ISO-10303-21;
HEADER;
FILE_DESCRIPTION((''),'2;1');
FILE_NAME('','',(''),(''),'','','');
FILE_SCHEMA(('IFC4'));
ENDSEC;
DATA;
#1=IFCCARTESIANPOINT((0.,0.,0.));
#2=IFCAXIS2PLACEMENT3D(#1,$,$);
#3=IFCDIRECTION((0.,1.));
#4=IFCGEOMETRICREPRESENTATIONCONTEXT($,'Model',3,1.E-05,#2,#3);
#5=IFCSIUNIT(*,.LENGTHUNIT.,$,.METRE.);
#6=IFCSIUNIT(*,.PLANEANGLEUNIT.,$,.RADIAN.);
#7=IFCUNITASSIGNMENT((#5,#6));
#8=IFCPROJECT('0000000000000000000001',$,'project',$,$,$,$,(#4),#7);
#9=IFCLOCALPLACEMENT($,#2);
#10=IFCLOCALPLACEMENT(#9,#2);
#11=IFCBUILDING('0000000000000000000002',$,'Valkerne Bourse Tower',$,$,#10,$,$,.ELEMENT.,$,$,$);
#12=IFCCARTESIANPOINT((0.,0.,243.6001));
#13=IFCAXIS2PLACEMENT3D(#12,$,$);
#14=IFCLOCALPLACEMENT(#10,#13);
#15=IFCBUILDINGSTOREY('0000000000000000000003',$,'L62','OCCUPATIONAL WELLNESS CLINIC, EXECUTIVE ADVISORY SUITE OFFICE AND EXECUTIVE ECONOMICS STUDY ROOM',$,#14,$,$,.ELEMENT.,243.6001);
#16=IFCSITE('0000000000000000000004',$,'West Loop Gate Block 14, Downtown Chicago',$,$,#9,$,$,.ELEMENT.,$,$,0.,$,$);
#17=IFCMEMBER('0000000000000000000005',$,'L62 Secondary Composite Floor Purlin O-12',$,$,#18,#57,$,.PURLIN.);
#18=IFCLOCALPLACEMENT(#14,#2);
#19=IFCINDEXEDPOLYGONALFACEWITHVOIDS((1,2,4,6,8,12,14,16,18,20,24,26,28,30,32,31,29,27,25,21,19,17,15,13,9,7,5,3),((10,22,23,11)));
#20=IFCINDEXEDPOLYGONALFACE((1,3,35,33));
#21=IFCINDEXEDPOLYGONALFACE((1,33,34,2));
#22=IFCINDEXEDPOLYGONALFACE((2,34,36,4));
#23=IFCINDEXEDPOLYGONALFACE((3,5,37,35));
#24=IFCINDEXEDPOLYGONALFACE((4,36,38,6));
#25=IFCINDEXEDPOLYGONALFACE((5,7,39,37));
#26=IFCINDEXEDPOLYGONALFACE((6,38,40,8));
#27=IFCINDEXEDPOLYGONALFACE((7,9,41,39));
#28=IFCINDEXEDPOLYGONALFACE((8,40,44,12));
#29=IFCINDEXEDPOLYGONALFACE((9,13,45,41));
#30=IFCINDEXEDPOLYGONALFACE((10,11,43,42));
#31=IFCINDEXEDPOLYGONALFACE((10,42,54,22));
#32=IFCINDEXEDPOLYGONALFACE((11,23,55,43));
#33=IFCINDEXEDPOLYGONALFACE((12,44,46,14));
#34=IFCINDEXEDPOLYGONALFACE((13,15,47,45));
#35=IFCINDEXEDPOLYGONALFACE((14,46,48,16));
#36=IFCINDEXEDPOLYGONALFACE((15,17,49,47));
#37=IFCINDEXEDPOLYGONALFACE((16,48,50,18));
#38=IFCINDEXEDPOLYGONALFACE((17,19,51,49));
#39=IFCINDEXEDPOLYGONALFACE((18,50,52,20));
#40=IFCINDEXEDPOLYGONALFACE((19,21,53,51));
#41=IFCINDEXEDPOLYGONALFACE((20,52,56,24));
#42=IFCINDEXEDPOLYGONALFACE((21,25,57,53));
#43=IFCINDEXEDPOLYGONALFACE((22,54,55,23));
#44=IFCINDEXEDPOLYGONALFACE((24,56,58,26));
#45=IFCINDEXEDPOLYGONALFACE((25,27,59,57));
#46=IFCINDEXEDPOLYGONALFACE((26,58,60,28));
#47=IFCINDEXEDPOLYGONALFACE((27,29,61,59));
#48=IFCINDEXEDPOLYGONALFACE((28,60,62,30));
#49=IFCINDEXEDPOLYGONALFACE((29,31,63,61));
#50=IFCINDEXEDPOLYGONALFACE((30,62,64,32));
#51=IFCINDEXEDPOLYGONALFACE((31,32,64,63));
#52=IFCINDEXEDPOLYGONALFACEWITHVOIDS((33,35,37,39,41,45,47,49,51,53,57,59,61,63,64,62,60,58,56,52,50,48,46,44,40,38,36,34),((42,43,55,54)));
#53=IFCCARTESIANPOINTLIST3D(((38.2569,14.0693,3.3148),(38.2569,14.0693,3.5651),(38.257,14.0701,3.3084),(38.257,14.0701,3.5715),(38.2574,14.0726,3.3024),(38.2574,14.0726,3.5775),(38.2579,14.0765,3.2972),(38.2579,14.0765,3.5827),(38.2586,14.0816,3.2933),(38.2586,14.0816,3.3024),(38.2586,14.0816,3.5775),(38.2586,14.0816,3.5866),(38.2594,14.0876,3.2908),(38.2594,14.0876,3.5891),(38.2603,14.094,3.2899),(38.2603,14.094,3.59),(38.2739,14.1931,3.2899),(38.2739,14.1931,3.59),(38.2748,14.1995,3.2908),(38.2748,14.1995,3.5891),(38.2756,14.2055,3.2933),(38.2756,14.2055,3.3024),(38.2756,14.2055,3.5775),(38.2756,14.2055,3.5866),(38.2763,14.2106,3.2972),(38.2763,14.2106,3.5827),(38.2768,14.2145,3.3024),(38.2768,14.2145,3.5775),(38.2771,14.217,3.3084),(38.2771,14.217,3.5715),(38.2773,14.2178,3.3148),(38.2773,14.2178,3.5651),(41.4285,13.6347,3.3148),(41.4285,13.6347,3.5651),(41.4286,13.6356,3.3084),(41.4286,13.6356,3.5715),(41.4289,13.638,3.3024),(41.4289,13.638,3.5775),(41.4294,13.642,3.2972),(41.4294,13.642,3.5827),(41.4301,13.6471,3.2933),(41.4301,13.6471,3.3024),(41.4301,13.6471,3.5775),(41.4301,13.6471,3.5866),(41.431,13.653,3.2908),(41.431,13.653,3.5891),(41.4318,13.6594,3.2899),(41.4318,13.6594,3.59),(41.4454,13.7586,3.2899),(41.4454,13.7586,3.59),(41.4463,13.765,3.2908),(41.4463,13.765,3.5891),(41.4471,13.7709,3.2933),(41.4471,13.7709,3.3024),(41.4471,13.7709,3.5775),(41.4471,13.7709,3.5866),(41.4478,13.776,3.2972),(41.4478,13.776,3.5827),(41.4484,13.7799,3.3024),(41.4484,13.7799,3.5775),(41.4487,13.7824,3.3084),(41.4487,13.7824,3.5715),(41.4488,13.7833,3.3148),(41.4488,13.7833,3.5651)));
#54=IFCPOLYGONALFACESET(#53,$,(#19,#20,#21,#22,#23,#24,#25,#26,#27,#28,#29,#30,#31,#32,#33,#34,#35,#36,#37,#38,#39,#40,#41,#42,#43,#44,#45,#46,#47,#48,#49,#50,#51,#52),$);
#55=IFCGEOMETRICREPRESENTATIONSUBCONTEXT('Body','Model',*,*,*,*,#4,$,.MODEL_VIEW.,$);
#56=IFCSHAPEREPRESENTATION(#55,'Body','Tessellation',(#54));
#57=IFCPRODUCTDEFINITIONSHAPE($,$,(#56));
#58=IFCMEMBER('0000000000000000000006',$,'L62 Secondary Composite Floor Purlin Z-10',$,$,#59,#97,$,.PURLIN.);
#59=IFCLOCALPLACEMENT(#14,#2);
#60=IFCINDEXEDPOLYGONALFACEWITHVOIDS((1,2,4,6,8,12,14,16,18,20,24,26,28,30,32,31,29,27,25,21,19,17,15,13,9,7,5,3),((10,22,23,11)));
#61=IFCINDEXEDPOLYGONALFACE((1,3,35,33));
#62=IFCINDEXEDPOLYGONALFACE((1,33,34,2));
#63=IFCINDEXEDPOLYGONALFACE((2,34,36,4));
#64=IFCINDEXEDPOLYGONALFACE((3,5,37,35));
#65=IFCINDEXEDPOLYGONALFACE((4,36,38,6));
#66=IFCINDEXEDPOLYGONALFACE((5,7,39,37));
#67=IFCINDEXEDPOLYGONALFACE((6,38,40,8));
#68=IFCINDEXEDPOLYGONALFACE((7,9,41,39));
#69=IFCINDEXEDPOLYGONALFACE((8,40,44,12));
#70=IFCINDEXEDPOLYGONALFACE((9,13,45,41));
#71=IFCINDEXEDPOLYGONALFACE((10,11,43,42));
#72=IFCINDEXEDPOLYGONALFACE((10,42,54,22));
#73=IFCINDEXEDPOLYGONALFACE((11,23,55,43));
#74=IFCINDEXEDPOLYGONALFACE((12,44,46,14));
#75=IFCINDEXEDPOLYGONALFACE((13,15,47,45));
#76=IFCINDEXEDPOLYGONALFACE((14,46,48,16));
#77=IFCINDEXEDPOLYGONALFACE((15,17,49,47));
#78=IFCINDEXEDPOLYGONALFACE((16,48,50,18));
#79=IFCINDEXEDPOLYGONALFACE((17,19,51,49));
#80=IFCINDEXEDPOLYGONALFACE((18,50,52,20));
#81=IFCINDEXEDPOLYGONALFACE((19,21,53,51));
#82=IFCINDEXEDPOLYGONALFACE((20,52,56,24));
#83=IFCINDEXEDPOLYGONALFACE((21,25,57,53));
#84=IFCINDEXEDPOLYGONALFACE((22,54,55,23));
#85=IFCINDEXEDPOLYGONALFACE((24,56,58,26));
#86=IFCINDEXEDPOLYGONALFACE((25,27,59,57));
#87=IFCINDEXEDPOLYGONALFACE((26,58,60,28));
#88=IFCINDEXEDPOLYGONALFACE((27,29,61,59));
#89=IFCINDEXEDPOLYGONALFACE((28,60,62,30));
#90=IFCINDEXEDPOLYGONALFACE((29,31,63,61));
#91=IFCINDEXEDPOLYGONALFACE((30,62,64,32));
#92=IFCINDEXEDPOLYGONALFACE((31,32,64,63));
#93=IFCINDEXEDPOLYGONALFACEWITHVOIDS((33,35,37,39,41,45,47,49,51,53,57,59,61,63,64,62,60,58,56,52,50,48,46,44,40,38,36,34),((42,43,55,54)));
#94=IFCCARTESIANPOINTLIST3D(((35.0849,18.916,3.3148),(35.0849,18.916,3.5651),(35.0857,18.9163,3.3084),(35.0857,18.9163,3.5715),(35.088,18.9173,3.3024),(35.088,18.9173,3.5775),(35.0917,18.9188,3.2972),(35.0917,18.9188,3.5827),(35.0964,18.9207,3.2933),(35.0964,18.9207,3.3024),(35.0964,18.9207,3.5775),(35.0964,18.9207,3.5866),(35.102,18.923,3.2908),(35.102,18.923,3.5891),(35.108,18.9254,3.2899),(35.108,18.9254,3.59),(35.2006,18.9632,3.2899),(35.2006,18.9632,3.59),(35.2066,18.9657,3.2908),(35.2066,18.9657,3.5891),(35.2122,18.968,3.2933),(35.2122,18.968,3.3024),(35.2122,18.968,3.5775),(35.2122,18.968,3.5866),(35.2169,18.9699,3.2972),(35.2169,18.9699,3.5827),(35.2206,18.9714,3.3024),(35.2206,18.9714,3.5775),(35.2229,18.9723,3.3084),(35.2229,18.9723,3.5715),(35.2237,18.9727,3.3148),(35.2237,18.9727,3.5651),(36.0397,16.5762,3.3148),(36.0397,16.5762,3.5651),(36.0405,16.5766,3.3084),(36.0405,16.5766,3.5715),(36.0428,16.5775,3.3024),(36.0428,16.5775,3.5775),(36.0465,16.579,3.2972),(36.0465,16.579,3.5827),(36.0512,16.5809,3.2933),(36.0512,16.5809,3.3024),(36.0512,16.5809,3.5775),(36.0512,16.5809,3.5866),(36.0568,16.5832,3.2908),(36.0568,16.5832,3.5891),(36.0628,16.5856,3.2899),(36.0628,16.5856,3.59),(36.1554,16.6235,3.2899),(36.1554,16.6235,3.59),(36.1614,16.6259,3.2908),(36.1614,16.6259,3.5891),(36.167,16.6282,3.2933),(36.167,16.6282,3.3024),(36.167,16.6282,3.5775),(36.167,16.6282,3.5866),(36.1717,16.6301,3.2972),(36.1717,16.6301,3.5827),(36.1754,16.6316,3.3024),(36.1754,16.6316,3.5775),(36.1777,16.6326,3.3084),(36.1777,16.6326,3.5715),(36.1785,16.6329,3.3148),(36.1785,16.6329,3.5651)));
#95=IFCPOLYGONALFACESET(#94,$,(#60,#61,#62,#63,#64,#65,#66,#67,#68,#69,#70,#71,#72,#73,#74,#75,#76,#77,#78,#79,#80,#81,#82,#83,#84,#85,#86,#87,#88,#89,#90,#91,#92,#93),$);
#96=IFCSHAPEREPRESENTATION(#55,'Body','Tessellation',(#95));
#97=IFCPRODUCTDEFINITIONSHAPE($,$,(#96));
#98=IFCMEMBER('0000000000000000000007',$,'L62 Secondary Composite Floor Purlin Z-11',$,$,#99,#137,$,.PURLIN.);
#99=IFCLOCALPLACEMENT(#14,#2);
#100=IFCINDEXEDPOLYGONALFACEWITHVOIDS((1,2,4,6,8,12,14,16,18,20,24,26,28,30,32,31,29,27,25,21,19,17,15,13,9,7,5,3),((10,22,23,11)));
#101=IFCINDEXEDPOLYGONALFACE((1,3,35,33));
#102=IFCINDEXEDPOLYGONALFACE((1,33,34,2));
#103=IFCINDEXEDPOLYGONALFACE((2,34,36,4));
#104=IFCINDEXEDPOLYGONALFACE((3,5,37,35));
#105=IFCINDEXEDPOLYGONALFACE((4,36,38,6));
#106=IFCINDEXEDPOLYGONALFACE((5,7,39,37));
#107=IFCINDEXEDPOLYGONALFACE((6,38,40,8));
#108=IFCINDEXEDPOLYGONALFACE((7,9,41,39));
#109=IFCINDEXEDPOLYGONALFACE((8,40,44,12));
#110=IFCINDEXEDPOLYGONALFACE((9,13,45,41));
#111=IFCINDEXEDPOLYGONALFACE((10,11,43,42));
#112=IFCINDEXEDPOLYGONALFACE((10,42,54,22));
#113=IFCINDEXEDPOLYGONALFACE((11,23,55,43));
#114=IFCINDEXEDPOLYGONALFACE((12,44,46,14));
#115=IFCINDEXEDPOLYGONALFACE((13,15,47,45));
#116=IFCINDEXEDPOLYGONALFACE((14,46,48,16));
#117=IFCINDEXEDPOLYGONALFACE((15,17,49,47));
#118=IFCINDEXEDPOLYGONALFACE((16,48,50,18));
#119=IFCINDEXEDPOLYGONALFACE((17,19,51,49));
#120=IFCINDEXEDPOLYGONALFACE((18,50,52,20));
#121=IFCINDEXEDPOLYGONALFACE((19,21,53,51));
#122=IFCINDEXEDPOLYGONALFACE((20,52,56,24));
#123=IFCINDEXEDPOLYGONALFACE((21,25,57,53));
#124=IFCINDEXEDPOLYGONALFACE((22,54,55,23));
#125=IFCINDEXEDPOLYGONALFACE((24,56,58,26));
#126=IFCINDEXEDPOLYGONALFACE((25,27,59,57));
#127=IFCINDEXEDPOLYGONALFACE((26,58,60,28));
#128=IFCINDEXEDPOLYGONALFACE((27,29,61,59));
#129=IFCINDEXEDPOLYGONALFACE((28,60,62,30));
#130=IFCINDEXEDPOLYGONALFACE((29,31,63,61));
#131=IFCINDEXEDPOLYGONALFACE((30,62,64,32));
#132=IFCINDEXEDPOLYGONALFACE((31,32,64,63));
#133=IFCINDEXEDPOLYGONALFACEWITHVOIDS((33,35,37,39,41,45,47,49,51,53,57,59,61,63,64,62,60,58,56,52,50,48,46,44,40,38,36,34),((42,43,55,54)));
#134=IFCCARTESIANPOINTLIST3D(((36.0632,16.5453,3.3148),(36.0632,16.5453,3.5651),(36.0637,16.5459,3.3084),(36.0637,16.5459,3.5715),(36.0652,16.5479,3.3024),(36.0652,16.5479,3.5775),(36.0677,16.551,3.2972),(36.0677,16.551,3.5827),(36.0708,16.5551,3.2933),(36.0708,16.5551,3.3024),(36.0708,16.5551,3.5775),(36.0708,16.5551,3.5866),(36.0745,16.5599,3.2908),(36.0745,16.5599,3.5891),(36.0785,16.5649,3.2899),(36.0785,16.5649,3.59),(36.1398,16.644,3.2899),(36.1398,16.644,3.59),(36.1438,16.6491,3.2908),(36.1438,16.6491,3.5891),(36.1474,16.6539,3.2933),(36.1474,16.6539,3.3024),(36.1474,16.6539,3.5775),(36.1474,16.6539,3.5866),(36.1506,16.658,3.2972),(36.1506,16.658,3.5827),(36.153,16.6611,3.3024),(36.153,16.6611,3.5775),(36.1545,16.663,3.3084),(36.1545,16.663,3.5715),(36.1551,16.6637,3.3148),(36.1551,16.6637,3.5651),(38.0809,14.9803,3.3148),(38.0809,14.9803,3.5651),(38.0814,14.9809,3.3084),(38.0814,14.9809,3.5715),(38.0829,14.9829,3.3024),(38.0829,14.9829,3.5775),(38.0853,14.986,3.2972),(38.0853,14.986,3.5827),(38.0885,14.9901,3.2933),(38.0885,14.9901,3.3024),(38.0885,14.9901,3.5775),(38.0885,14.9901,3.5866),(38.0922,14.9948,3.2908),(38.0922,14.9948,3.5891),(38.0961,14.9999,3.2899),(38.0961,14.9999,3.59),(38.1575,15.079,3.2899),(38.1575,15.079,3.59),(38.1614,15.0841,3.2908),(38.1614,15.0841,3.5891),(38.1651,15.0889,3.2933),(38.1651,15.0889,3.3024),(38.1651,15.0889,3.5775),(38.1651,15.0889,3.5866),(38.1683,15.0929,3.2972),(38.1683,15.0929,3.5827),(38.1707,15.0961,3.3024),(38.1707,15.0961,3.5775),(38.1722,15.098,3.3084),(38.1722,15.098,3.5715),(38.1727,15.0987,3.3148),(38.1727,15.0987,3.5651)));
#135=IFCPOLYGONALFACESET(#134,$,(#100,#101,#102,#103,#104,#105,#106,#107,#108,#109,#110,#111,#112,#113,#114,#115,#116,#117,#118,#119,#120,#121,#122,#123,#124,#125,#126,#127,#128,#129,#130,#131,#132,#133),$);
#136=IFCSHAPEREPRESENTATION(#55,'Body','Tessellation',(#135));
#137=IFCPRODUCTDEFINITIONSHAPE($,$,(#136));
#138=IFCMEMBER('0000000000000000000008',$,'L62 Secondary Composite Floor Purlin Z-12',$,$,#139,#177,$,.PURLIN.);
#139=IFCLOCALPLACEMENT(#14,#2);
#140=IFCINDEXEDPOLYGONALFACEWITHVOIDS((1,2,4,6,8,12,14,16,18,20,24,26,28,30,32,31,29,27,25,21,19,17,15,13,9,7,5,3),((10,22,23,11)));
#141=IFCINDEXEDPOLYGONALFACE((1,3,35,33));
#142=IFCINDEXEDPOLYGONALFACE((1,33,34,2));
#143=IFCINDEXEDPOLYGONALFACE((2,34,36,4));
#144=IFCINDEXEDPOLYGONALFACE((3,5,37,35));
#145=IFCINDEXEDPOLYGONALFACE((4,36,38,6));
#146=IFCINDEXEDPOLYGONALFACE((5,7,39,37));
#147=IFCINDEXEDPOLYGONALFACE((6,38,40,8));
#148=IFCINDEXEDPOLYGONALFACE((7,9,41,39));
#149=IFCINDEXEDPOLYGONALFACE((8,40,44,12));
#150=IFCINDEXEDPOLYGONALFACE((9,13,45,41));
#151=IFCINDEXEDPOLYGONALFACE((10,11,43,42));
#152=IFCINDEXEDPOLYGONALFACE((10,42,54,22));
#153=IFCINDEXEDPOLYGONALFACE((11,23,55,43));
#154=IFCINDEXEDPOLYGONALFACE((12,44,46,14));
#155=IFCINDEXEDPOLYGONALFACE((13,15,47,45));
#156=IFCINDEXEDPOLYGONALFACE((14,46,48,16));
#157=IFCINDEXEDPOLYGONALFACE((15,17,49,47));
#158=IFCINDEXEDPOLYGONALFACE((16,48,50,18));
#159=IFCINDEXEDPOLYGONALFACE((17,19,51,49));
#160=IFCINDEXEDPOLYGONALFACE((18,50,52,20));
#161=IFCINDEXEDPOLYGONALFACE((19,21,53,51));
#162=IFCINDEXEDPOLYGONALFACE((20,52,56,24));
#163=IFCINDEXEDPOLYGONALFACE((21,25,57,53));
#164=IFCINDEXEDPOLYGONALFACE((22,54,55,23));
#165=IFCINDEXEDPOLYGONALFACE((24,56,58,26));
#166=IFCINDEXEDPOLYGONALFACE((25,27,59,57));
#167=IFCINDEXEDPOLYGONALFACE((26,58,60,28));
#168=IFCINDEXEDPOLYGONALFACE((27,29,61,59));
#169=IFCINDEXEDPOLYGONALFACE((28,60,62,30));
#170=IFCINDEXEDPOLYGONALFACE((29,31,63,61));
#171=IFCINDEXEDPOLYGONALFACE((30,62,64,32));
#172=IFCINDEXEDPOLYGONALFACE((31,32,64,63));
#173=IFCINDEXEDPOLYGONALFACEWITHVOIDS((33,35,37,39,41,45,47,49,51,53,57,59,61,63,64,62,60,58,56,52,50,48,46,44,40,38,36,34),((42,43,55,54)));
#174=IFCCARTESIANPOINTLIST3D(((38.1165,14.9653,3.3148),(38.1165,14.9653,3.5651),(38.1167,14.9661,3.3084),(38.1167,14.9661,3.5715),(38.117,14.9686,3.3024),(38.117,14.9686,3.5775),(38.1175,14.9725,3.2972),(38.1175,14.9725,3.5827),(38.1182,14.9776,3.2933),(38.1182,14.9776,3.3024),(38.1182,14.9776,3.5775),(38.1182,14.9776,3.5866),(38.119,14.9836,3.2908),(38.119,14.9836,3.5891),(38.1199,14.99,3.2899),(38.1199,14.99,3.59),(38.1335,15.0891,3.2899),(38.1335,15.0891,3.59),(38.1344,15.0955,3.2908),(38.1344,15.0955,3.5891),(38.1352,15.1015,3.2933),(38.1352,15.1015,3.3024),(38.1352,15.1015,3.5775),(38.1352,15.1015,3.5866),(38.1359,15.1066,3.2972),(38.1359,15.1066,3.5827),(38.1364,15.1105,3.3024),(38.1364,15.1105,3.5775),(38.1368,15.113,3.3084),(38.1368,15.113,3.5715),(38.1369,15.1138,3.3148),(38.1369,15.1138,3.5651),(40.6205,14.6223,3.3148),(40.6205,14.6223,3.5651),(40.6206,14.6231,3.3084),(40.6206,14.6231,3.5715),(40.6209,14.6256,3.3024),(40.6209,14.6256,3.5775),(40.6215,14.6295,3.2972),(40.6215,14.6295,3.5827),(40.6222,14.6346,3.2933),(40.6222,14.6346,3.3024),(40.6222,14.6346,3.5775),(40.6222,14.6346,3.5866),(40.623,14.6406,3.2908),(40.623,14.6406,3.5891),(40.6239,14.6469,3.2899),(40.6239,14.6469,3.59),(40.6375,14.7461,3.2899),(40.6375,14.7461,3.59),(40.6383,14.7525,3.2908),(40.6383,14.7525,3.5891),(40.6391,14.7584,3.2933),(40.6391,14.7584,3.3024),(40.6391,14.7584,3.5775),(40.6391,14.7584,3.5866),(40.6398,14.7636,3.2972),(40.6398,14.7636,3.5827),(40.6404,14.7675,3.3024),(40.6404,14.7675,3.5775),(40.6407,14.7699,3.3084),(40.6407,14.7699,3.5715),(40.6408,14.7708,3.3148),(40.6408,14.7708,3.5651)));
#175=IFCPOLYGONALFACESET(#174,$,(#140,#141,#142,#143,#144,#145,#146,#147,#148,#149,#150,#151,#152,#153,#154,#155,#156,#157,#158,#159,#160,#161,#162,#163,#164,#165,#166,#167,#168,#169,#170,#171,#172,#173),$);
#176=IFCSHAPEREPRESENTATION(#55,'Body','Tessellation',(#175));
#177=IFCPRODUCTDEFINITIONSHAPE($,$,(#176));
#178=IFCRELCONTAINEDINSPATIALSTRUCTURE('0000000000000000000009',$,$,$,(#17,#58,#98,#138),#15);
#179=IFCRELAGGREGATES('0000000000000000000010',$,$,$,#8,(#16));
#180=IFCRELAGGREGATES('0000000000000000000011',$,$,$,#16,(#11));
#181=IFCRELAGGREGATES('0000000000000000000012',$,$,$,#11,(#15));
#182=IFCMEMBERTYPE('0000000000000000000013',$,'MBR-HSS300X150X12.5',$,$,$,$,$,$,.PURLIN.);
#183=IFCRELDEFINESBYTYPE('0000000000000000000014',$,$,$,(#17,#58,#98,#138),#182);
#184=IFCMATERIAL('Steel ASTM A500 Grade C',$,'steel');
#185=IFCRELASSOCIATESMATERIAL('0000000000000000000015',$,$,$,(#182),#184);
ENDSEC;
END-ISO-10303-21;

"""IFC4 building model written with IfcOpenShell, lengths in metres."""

from ifc_helpers import new_model, si_unit, direction, frame, origin, origin_2d, place, context, subcontext, project, spatial, hollow_rectangle, extrude, material, material_profile, profile_set, type_object, element, save


model = new_model("IFC4")

# Units and contexts
model_context = context("Model", 3, precision=1e-05, world=origin(), true_north=direction((0.0, 1.0)))
body_context = subcontext(model_context, "Body", "Model", "MODEL_VIEW")
ifc_project = project(units=[si_unit("LENGTHUNIT", "METRE"), si_unit("PLANEANGLEUNIT", "RADIAN")], contexts=[model_context])

# Site, building, storey
site_placement = place(None, origin())
site = spatial("IfcSite", under=ifc_project, at=site_placement, Name="West Loop Gate Block 14, Downtown Chicago", CompositionType="ELEMENT", RefElevation=0.0)
building_placement = place(site_placement, origin())
building = spatial("IfcBuilding", under=site, at=building_placement, Name="Valkerne Bourse Tower", CompositionType="ELEMENT")
storey_placement = place(building_placement, frame((0.0, 0.0, 243.6001)))
storey = spatial("IfcBuildingStorey", under=building, at=storey_placement, Name="L62", Description="OCCUPATIONAL WELLNESS CLINIC, EXECUTIVE ADVISORY SUITE OFFICE AND EXECUTIVE ECONOMICS STUDY ROOM", CompositionType="ELEMENT", Elevation=243.6001)

# Members
ifc_material_1 = material(Name="Steel ASTM A500 Grade C", Category="steel")
ifc_material_profile_1 = material_profile(ifc_material_1, hollow_rectangle(XDim=0.1499, YDim=0.3, WallThickness=0.0125, OuterFilletRadius=0.0249, at=origin_2d()), Name="HSS300X150X12.5")
ifc_profile_set_1 = profile_set([ifc_material_profile_1], Name="Steel ASTM A500 Grade C")
member_type_1 = type_object("IfcMemberType", Name="MBR-HSS300X150X12.5", PredefinedType="PURLIN", material=ifc_profile_set_1)
member_1_placement = place(storey_placement, frame((38.2671, 14.1436, 3.4399), z_axis=(0.990743, -0.13575, 0.0), x_axis=(0.13575, 0.990743, 0.0)))
element("IfcMember", 1, at=member_1_placement, inside=storey, type_object=member_type_1, Name="L62 Secondary Composite Floor Purlin O-12", PredefinedType="PURLIN", context=body_context, shape_type="SweptSolid", body=[
    extrude(hollow_rectangle(XDim=0.1499, YDim=0.3, WallThickness=0.0125, OuterFilletRadius=0.0249, at=origin_2d()), origin(), (0.0, 0.0, 1.0), 3.2012),
])
member_2_placement = place(storey_placement, frame((35.1543, 18.9443, 3.4399), z_axis=(0.377828, -0.925876, 0.0), x_axis=(0.925876, 0.377828, 0.0)))
element("IfcMember", 2, at=member_2_placement, inside=storey, type_object=member_type_1, Name="L62 Secondary Composite Floor Purlin Z-10", PredefinedType="PURLIN", context=body_context, shape_type="SweptSolid", body=[
    extrude(hollow_rectangle(XDim=0.1499, YDim=0.3, WallThickness=0.0125, OuterFilletRadius=0.0249, at=origin_2d()), origin(), (0.0, 0.0, 1.0), 2.5271),
])
member_3_placement = place(storey_placement, frame((36.1091, 16.6045, 3.4399), z_axis=(0.790165, -0.612894, 0.0), x_axis=(0.612894, 0.790165, 0.0)))
element("IfcMember", 3, at=member_3_placement, inside=storey, type_object=member_type_1, Name="L62 Secondary Composite Floor Purlin Z-11", PredefinedType="PURLIN", context=body_context, shape_type="SweptSolid", body=[
    extrude(hollow_rectangle(XDim=0.1499, YDim=0.3, WallThickness=0.0125, OuterFilletRadius=0.0249, at=origin_2d()), origin(), (0.0, 0.0, 1.0), 2.5535),
])
member_4_placement = place(storey_placement, frame((38.1267, 15.0396, 3.4399), z_axis=(0.990747, -0.135725, 0.0), x_axis=(0.135725, 0.990747, 0.0)))
element("IfcMember", 4, at=member_4_placement, inside=storey, type_object=member_type_1, Name="L62 Secondary Composite Floor Purlin Z-12", PredefinedType="PURLIN", context=body_context, shape_type="SweptSolid", body=[
    extrude(hollow_rectangle(XDim=0.1499, YDim=0.3, WallThickness=0.0125, OuterFilletRadius=0.0249, at=origin_2d()), origin(), (0.0, 0.0, 1.0), 2.5273),
])

save(model, "model.ifc")
